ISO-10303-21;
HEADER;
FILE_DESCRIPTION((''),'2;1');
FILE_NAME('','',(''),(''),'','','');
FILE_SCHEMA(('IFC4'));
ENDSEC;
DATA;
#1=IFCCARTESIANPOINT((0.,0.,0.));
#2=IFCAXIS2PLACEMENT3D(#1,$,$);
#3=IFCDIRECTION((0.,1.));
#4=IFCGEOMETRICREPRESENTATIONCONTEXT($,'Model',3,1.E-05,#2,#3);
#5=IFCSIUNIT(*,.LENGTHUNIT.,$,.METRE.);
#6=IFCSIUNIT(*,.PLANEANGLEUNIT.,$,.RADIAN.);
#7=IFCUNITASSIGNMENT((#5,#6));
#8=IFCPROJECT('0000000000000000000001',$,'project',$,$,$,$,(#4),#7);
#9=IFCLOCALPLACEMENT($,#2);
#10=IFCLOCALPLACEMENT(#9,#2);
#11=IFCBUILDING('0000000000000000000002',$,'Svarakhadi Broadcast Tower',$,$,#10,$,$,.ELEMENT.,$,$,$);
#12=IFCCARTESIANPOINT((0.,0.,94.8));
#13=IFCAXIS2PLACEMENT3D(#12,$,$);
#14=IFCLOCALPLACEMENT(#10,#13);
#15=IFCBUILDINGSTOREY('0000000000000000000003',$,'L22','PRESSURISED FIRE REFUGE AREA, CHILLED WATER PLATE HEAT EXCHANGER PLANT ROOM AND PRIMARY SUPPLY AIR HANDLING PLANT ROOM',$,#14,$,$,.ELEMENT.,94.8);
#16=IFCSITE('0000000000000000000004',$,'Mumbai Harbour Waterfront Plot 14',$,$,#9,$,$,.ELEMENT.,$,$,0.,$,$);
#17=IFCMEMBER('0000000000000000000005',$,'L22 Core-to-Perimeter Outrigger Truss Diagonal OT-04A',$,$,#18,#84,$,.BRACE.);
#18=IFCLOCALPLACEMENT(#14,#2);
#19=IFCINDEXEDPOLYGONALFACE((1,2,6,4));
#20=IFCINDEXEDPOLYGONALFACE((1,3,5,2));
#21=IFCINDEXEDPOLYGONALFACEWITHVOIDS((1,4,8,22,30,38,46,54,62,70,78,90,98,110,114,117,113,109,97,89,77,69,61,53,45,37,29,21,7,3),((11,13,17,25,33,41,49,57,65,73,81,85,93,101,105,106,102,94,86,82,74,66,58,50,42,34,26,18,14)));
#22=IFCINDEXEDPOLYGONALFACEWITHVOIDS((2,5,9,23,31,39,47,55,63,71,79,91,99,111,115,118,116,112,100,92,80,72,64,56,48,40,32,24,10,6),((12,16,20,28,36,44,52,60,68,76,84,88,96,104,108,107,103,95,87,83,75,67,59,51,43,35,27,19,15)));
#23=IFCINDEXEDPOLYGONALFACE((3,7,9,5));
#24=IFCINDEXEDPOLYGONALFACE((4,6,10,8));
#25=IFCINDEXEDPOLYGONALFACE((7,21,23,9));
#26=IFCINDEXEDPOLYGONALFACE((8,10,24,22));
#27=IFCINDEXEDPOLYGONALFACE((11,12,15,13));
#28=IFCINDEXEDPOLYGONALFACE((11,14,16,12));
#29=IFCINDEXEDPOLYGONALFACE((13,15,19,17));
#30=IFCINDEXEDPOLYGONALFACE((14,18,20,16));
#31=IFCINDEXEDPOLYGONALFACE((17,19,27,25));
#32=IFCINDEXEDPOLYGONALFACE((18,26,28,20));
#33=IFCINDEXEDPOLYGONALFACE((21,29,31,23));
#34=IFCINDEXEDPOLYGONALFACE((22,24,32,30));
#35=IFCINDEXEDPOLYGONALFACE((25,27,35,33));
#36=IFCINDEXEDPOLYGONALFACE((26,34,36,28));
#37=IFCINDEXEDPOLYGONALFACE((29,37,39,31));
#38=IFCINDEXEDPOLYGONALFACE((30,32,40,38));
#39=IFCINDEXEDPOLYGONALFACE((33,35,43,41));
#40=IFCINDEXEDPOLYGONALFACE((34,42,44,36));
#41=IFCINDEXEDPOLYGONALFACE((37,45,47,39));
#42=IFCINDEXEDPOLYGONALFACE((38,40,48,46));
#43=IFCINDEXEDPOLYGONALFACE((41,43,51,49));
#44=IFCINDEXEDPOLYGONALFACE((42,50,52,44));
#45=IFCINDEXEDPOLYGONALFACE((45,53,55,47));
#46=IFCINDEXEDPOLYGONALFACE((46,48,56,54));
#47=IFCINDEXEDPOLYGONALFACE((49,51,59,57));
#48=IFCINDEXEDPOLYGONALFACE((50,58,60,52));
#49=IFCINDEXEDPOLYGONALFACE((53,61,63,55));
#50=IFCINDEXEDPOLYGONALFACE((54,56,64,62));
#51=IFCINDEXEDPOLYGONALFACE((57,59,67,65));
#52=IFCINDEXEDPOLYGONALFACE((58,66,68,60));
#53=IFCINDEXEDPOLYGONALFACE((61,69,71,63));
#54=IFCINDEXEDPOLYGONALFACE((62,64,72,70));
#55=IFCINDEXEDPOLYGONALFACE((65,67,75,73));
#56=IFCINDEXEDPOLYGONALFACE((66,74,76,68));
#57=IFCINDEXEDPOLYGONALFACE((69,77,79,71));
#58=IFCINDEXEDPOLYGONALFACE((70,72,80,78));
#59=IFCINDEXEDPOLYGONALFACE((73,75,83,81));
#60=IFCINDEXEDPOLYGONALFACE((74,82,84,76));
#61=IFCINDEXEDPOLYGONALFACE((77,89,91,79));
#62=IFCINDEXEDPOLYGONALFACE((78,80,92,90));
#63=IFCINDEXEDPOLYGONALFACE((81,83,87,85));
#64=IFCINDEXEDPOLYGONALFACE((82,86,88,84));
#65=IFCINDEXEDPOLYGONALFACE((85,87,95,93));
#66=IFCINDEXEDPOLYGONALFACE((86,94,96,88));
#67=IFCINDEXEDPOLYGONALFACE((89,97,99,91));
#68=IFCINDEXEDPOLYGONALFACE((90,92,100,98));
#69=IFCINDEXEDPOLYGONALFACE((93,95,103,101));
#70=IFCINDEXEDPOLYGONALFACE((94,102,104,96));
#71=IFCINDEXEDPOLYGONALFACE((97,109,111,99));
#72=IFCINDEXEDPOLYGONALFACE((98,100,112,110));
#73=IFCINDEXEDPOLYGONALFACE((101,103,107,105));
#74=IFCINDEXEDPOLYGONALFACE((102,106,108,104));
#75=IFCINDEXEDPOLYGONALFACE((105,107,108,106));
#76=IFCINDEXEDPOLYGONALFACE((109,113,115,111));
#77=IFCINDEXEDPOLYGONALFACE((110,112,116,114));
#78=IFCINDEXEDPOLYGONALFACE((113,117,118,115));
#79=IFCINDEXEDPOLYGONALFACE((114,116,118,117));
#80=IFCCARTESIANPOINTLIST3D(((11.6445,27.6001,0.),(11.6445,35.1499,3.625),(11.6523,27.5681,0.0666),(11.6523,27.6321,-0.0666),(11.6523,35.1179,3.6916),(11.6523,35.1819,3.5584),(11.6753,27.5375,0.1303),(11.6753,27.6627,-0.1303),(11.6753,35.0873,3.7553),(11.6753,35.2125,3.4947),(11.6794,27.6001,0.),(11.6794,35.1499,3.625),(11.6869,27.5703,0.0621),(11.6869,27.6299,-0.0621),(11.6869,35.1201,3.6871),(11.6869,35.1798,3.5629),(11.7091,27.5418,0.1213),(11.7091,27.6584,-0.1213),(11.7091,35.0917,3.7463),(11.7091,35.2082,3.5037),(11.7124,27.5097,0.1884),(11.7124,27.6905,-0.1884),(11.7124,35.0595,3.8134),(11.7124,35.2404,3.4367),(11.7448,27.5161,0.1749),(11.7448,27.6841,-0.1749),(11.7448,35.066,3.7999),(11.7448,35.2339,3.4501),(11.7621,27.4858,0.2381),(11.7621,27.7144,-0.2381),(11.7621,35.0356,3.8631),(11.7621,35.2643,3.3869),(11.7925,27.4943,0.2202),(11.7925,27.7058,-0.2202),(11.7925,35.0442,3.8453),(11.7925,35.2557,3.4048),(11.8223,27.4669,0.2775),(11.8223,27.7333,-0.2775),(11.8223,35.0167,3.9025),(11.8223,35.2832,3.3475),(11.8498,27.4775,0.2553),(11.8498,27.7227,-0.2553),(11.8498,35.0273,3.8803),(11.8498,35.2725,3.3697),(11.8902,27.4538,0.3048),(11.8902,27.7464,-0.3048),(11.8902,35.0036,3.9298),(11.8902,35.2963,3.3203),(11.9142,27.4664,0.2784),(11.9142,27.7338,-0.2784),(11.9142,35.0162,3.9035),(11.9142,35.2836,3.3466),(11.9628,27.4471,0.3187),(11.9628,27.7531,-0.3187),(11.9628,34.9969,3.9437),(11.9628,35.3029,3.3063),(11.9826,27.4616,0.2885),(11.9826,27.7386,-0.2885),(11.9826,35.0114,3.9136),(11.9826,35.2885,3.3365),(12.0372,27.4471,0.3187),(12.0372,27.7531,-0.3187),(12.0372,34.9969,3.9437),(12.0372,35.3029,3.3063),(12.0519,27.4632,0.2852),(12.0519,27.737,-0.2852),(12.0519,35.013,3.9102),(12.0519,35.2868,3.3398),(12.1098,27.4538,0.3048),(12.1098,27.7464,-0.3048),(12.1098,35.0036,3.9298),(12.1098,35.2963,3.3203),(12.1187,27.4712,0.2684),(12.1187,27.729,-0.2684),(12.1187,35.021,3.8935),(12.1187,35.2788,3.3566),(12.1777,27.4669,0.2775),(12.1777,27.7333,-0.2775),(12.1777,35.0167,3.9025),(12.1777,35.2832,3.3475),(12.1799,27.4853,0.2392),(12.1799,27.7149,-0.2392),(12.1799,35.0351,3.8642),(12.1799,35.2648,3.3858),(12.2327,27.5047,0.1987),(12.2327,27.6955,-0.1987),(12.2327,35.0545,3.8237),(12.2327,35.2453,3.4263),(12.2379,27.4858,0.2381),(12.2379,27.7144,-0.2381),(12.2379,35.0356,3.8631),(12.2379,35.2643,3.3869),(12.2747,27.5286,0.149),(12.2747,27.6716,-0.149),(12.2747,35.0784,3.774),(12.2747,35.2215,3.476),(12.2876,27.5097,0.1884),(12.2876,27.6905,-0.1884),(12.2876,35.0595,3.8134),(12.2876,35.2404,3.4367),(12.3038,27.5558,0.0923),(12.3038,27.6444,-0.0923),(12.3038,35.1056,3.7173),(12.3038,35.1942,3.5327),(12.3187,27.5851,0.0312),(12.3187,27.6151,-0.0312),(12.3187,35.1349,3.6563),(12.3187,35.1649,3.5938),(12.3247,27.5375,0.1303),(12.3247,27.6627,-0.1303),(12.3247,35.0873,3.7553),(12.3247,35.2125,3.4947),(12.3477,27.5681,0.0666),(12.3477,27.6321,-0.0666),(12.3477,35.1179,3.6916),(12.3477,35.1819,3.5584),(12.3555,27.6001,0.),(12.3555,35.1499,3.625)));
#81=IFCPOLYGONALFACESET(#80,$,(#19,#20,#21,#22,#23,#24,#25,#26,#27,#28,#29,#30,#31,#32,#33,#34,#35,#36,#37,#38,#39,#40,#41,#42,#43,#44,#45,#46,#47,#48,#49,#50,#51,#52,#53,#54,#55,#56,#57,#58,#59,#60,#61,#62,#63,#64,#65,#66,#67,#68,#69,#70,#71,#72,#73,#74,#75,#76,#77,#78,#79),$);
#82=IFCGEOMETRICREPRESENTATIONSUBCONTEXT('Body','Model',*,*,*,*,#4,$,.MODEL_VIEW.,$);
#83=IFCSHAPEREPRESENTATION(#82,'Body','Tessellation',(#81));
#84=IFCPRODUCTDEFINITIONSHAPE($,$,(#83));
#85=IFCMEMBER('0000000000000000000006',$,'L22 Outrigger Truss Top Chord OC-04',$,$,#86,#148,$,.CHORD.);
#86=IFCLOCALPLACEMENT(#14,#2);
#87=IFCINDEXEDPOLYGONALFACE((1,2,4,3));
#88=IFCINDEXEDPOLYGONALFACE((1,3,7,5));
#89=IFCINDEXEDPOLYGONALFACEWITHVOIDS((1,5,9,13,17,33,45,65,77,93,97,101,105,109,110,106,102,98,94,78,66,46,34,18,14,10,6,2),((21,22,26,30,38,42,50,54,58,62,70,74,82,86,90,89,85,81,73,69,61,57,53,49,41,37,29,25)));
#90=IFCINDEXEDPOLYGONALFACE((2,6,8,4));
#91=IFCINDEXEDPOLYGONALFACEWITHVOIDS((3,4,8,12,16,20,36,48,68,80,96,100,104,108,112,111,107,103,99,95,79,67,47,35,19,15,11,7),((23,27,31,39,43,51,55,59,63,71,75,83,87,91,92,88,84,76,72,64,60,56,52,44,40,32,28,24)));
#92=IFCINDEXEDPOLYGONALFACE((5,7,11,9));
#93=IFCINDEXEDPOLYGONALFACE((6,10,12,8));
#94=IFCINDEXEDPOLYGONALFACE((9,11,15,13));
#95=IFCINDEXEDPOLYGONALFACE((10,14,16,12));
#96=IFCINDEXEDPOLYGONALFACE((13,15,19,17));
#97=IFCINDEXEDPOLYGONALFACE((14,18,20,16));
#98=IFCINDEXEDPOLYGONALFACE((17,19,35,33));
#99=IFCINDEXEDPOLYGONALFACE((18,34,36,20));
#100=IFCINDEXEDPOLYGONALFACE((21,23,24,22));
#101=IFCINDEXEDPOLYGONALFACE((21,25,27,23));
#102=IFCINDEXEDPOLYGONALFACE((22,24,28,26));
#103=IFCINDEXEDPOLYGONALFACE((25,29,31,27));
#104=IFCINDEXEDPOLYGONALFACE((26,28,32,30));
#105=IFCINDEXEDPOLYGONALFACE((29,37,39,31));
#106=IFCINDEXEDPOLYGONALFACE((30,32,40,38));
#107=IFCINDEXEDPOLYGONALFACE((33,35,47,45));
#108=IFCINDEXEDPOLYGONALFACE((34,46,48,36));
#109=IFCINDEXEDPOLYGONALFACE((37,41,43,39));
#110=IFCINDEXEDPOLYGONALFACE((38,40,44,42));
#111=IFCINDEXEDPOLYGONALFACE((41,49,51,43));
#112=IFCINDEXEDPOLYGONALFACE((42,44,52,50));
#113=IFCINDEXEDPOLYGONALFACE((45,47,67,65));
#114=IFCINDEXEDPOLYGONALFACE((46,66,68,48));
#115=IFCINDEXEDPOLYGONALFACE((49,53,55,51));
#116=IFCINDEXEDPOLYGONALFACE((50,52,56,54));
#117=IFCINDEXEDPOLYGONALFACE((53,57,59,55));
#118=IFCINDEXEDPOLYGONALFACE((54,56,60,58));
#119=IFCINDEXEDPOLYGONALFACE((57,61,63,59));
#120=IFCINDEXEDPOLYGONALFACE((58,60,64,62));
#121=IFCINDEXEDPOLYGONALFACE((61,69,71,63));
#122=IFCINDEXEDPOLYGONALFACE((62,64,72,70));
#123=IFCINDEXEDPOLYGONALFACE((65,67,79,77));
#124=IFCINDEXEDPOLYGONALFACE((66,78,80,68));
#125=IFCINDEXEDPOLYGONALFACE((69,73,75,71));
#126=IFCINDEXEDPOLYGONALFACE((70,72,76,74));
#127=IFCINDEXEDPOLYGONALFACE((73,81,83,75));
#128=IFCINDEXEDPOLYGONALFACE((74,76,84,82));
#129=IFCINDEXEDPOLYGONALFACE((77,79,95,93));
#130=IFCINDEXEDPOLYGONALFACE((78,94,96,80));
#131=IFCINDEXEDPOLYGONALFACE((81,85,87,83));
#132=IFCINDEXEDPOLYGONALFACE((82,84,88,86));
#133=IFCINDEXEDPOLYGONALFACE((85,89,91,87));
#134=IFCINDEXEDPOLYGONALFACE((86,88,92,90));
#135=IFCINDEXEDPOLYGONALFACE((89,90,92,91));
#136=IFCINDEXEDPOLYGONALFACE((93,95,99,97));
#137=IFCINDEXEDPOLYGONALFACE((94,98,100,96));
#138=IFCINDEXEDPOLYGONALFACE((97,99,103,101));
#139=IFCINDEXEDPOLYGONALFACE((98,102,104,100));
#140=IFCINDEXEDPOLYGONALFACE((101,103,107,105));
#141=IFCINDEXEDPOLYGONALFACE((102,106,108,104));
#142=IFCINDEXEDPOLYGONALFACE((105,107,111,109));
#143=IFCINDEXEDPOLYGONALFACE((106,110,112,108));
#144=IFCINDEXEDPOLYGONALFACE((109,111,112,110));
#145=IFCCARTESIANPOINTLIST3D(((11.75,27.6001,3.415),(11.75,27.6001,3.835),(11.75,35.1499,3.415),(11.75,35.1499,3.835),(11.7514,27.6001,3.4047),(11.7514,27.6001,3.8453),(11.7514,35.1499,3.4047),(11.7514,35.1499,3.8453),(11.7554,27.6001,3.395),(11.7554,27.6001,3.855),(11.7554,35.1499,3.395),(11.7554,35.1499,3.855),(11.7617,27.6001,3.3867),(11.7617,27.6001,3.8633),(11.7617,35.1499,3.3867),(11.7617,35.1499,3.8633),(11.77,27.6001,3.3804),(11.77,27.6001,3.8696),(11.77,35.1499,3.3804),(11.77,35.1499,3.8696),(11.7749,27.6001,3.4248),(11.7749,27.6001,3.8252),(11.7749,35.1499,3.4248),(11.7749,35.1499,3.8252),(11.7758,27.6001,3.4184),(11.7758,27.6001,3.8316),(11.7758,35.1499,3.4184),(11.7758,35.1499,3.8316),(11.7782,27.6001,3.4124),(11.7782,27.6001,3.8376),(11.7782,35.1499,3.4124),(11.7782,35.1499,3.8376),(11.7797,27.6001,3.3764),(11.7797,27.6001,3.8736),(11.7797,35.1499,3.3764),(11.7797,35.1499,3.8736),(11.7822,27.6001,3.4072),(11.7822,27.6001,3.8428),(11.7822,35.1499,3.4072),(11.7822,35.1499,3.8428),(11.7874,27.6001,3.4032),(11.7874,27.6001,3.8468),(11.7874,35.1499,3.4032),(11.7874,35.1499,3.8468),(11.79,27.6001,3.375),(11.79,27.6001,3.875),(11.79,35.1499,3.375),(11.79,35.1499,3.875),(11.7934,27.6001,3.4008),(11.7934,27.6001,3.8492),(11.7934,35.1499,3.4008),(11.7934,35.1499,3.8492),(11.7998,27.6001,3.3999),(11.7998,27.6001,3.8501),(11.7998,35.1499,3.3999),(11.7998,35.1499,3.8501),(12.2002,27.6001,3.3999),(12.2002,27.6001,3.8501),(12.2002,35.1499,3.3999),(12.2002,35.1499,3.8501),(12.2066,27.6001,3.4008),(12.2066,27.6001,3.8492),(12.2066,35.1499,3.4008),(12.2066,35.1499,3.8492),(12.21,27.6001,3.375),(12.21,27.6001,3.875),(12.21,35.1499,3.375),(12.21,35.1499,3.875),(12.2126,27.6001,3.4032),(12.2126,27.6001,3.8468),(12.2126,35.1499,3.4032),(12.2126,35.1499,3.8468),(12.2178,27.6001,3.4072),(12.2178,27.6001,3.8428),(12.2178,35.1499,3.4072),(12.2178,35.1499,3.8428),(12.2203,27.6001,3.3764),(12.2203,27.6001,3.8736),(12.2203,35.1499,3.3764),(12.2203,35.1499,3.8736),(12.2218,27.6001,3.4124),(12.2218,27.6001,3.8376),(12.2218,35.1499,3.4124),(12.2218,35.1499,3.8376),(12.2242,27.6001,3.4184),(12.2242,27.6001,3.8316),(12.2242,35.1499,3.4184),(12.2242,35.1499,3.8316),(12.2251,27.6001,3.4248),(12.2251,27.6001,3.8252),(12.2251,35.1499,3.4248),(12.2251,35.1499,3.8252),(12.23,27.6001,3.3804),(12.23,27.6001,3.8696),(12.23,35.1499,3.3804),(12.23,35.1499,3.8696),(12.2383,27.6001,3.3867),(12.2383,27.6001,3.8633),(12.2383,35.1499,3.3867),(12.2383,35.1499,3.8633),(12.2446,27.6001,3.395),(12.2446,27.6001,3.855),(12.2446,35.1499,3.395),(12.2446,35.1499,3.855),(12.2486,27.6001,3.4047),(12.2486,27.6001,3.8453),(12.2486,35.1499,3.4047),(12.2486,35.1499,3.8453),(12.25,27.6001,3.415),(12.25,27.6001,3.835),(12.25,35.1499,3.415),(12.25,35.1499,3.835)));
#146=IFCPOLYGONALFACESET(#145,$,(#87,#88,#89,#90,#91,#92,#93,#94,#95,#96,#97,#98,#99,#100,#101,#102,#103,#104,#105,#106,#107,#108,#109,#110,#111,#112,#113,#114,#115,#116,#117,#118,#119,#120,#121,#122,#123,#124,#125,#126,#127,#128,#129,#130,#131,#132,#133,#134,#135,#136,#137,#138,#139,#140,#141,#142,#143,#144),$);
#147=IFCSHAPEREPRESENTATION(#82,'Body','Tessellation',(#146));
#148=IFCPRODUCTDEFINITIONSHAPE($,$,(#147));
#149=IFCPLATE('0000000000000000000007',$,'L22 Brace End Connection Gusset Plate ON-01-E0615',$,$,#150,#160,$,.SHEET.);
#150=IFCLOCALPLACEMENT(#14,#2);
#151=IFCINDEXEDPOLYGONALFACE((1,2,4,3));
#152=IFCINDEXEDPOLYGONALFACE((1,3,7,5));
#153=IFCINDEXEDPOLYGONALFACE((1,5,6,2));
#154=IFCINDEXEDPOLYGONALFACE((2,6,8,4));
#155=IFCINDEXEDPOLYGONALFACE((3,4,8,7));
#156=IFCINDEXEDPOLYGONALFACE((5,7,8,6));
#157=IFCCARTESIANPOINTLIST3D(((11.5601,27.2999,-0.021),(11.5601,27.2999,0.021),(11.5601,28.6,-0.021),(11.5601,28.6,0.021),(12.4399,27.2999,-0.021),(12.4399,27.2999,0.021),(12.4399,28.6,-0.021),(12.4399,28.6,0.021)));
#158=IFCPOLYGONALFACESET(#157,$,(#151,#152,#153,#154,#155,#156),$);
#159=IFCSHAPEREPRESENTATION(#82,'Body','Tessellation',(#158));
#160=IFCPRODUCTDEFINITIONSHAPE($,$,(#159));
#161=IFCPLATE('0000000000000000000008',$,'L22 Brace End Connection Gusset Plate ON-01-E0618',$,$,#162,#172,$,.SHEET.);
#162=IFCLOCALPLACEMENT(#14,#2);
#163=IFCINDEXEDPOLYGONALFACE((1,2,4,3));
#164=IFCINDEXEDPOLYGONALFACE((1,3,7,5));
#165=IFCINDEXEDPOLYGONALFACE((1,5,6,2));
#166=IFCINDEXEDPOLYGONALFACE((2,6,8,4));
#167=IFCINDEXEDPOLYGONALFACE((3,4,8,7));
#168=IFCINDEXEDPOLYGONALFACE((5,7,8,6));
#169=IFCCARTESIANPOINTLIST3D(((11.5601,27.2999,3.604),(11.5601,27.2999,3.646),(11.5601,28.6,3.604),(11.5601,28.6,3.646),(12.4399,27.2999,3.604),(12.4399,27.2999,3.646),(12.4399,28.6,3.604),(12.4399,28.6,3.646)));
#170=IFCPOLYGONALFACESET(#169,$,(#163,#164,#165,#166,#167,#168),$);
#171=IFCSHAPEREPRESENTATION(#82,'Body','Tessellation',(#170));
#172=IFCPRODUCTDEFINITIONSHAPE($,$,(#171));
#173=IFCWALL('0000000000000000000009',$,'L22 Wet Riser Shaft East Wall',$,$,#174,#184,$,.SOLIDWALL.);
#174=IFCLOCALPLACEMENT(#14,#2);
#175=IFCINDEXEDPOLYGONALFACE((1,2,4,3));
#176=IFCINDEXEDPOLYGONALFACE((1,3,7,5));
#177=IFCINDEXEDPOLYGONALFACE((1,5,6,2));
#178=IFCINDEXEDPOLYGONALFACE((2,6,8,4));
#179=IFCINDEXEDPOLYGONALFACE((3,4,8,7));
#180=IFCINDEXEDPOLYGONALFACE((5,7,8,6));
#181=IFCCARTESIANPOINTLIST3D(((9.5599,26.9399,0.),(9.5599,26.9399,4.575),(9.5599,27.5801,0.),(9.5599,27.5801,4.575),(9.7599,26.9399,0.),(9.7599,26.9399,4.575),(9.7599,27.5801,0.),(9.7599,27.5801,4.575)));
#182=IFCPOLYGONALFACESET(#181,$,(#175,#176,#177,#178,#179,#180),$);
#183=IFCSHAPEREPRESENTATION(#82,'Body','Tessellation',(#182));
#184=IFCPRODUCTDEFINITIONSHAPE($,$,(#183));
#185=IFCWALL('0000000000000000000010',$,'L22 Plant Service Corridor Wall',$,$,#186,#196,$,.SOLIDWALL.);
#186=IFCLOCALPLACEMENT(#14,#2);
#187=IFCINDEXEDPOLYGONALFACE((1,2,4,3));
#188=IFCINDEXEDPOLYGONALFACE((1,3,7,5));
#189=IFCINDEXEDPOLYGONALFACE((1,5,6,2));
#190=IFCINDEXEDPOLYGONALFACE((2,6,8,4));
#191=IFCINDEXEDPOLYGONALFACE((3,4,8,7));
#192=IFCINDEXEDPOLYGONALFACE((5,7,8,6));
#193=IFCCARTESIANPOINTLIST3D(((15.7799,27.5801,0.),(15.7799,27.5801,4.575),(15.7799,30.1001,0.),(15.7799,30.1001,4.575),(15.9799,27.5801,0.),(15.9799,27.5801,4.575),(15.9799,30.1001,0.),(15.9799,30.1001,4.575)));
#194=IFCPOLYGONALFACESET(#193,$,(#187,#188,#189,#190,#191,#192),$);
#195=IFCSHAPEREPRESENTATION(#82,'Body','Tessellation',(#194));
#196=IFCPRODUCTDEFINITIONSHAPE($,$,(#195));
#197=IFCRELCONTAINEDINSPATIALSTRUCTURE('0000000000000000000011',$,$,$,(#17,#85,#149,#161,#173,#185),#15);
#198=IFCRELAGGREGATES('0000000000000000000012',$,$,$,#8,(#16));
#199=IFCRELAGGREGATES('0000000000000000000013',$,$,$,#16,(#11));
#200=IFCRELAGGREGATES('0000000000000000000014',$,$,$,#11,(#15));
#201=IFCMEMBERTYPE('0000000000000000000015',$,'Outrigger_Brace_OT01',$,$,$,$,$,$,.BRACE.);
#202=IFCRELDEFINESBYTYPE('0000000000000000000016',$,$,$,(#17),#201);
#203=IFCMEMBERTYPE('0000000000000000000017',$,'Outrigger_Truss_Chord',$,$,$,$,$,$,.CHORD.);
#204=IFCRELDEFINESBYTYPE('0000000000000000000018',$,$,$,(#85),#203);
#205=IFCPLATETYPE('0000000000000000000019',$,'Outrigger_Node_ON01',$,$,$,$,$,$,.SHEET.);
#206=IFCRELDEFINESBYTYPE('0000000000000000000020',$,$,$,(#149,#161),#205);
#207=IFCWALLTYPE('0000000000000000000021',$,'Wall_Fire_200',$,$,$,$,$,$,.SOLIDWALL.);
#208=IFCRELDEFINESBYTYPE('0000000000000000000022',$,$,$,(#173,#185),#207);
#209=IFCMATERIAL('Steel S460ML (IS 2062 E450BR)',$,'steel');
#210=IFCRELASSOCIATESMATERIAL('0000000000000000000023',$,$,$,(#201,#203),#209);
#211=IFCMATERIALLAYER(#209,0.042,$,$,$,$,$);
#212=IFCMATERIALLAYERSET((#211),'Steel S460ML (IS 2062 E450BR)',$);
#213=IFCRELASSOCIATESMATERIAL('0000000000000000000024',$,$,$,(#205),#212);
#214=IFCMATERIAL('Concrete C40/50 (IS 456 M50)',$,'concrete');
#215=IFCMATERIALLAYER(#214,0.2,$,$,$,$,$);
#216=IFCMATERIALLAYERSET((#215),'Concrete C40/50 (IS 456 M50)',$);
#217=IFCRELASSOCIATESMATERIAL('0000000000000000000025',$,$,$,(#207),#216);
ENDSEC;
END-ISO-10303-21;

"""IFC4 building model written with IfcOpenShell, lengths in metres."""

from ifc_helpers import new_model, si_unit, direction, frame, frame_2d, origin, origin_2d, place, context, subcontext, project, spatial, rectangle, hollow_rectangle, hollow_circle, extrude, material, layer, layer_set, material_profile, profile_set, type_object, element, save


model = new_model("IFC4")

# Units and contexts
model_context = context("Model", 3, precision=1e-05, world=origin(), true_north=direction((0.0, 1.0)))
body_context = subcontext(model_context, "Body", "Model", "MODEL_VIEW")
ifc_project = project(units=[si_unit("LENGTHUNIT", "METRE"), si_unit("PLANEANGLEUNIT", "RADIAN")], contexts=[model_context])

# Site, building, storey
site_placement = place(None, origin())
site = spatial("IfcSite", under=ifc_project, at=site_placement, Name="Mumbai Harbour Waterfront Plot 14", CompositionType="ELEMENT", RefElevation=0.0)
building_placement = place(site_placement, origin())
building = spatial("IfcBuilding", under=site, at=building_placement, Name="Svarakhadi Broadcast Tower", CompositionType="ELEMENT")
storey_placement = place(building_placement, frame((0.0, 0.0, 94.8)))
storey = spatial("IfcBuildingStorey", under=building, at=storey_placement, Name="L22", Description="PRESSURISED FIRE REFUGE AREA, CHILLED WATER PLATE HEAT EXCHANGER PLANT ROOM AND PRIMARY SUPPLY AIR HANDLING PLANT ROOM", CompositionType="ELEMENT", Elevation=94.8)

# Shared definitions
ifc_material_1 = material(Name="Steel S460ML (IS 2062 E450BR)", Category="steel")

# Members
ifc_material_profile_1 = material_profile(ifc_material_1, hollow_circle(Radius=0.3555, WallThickness=0.0349, at=origin_2d()), Name="CHS 711x35")
ifc_profile_set_1 = profile_set([ifc_material_profile_1], Name="Steel S460ML (IS 2062 E450BR)")
member_type_1 = type_object("IfcMemberType", Name="Outrigger_Brace_OT01", PredefinedType="BRACE", material=ifc_profile_set_1)
member_1_placement = place(storey_placement, frame((12.0, 27.6001, 0.0), z_axis=(0.0, 0.901472, 0.432837), x_axis=(-1.0, 0.0, 0.0)))
element("IfcMember", 1, at=member_1_placement, inside=storey, type_object=member_type_1, Name="L22 Core-to-Perimeter Outrigger Truss Diagonal OT-04A", PredefinedType="BRACE", context=body_context, shape_type="SweptSolid", body=[
    extrude(hollow_circle(Radius=0.3555, WallThickness=0.0349, at=origin_2d()), origin(), (0.0, 0.0, 1.0), 8.375),
])
ifc_material_profile_2 = material_profile(ifc_material_1, hollow_rectangle(XDim=0.5, YDim=0.5, WallThickness=0.0249, InnerFilletRadius=0.0249, OuterFilletRadius=0.04, at=origin_2d()), Name="SHS 500x500x25")
ifc_profile_set_2 = profile_set([ifc_material_profile_2], Name="Steel S460ML (IS 2062 E450BR)")
member_type_2 = type_object("IfcMemberType", Name="Outrigger_Truss_Chord", PredefinedType="CHORD", material=ifc_profile_set_2)
member_2_placement = place(storey_placement, frame((12.0, 27.6001, 3.625), z_axis=(0.0, 1.0, 0.0), x_axis=(-1.0, 0.0, 0.0)))
element("IfcMember", 2, at=member_2_placement, inside=storey, type_object=member_type_2, Name="L22 Outrigger Truss Top Chord OC-04", PredefinedType="CHORD", context=body_context, shape_type="SweptSolid", body=[
    extrude(hollow_rectangle(XDim=0.5, YDim=0.5, WallThickness=0.0249, InnerFilletRadius=0.0249, OuterFilletRadius=0.04, at=origin_2d()), origin(), (0.0, 0.0, 1.0), 7.5498),
])

# Plates
ifc_layer_1 = layer(ifc_material_1, 0.042)
ifc_layer_set_1 = layer_set([ifc_layer_1], Name="Steel S460ML (IS 2062 E450BR)")
plate_type = type_object("IfcPlateType", Name="Outrigger_Node_ON01", PredefinedType="SHEET", material=ifc_layer_set_1)
for number, where, z_axis, x_axis, name in (
    (3, (12.0, 27.95, -0.021), (0.0, 0.0, 1.0), (0.0, 1.0, 0.0), "L22 Brace End Connection Gusset Plate ON-01-E0615"),
    (4, (12.0, 27.95, 3.604), (0.0, 0.0, 1.0), (0.0, 1.0, 0.0), "L22 Brace End Connection Gusset Plate ON-01-E0618"),
):
    element("IfcPlate", number, at=place(storey_placement, frame(where, z_axis=z_axis, x_axis=x_axis)), inside=storey, type_object=plate_type, Name=name, PredefinedType="SHEET", context=body_context, shape_type="SweptSolid", body=[
        extrude(rectangle(XDim=1.3, YDim=0.8799, at=origin_2d()), origin(), (0.0, 0.0, 1.0), 0.042),
    ])

# Walls
ifc_material_2 = material(Name="Concrete C40/50 (IS 456 M50)", Category="concrete")
ifc_layer_2 = layer(ifc_material_2, 0.2)
ifc_layer_set_2 = layer_set([ifc_layer_2], Name="Concrete C40/50 (IS 456 M50)")
wall_type_1 = type_object("IfcWallType", Name="Wall_Fire_200", PredefinedType="SOLIDWALL", material=ifc_layer_set_2)
wall_1_placement = place(storey_placement, frame((9.6599, 26.9399, 0.0), z_axis=(0.0, 0.0, 1.0), x_axis=(0.0, 1.0, 0.0)))
element("IfcWall", 5, at=wall_1_placement, inside=storey, type_object=wall_type_1, Name="L22 Wet Riser Shaft East Wall", PredefinedType="SOLIDWALL", context=body_context, shape_type="SweptSolid", body=[
    extrude(rectangle(XDim=0.6401, YDim=0.2, at=frame_2d((0.3201, 0.0))), origin(), (0.0, 0.0, 1.0), 4.575),
])
wall_2_placement = place(storey_placement, frame((15.8799, 27.5801, 0.0), z_axis=(0.0, 0.0, 1.0), x_axis=(0.0, 1.0, 0.0)))
element("IfcWall", 6, at=wall_2_placement, inside=storey, type_object=wall_type_1, Name="L22 Plant Service Corridor Wall", PredefinedType="SOLIDWALL", context=body_context, shape_type="SweptSolid", body=[
    extrude(rectangle(XDim=2.52, YDim=0.2, at=frame_2d((1.26, 0.0))), origin(), (0.0, 0.0, 1.0), 4.575),
])

save(model, "model.ifc")
